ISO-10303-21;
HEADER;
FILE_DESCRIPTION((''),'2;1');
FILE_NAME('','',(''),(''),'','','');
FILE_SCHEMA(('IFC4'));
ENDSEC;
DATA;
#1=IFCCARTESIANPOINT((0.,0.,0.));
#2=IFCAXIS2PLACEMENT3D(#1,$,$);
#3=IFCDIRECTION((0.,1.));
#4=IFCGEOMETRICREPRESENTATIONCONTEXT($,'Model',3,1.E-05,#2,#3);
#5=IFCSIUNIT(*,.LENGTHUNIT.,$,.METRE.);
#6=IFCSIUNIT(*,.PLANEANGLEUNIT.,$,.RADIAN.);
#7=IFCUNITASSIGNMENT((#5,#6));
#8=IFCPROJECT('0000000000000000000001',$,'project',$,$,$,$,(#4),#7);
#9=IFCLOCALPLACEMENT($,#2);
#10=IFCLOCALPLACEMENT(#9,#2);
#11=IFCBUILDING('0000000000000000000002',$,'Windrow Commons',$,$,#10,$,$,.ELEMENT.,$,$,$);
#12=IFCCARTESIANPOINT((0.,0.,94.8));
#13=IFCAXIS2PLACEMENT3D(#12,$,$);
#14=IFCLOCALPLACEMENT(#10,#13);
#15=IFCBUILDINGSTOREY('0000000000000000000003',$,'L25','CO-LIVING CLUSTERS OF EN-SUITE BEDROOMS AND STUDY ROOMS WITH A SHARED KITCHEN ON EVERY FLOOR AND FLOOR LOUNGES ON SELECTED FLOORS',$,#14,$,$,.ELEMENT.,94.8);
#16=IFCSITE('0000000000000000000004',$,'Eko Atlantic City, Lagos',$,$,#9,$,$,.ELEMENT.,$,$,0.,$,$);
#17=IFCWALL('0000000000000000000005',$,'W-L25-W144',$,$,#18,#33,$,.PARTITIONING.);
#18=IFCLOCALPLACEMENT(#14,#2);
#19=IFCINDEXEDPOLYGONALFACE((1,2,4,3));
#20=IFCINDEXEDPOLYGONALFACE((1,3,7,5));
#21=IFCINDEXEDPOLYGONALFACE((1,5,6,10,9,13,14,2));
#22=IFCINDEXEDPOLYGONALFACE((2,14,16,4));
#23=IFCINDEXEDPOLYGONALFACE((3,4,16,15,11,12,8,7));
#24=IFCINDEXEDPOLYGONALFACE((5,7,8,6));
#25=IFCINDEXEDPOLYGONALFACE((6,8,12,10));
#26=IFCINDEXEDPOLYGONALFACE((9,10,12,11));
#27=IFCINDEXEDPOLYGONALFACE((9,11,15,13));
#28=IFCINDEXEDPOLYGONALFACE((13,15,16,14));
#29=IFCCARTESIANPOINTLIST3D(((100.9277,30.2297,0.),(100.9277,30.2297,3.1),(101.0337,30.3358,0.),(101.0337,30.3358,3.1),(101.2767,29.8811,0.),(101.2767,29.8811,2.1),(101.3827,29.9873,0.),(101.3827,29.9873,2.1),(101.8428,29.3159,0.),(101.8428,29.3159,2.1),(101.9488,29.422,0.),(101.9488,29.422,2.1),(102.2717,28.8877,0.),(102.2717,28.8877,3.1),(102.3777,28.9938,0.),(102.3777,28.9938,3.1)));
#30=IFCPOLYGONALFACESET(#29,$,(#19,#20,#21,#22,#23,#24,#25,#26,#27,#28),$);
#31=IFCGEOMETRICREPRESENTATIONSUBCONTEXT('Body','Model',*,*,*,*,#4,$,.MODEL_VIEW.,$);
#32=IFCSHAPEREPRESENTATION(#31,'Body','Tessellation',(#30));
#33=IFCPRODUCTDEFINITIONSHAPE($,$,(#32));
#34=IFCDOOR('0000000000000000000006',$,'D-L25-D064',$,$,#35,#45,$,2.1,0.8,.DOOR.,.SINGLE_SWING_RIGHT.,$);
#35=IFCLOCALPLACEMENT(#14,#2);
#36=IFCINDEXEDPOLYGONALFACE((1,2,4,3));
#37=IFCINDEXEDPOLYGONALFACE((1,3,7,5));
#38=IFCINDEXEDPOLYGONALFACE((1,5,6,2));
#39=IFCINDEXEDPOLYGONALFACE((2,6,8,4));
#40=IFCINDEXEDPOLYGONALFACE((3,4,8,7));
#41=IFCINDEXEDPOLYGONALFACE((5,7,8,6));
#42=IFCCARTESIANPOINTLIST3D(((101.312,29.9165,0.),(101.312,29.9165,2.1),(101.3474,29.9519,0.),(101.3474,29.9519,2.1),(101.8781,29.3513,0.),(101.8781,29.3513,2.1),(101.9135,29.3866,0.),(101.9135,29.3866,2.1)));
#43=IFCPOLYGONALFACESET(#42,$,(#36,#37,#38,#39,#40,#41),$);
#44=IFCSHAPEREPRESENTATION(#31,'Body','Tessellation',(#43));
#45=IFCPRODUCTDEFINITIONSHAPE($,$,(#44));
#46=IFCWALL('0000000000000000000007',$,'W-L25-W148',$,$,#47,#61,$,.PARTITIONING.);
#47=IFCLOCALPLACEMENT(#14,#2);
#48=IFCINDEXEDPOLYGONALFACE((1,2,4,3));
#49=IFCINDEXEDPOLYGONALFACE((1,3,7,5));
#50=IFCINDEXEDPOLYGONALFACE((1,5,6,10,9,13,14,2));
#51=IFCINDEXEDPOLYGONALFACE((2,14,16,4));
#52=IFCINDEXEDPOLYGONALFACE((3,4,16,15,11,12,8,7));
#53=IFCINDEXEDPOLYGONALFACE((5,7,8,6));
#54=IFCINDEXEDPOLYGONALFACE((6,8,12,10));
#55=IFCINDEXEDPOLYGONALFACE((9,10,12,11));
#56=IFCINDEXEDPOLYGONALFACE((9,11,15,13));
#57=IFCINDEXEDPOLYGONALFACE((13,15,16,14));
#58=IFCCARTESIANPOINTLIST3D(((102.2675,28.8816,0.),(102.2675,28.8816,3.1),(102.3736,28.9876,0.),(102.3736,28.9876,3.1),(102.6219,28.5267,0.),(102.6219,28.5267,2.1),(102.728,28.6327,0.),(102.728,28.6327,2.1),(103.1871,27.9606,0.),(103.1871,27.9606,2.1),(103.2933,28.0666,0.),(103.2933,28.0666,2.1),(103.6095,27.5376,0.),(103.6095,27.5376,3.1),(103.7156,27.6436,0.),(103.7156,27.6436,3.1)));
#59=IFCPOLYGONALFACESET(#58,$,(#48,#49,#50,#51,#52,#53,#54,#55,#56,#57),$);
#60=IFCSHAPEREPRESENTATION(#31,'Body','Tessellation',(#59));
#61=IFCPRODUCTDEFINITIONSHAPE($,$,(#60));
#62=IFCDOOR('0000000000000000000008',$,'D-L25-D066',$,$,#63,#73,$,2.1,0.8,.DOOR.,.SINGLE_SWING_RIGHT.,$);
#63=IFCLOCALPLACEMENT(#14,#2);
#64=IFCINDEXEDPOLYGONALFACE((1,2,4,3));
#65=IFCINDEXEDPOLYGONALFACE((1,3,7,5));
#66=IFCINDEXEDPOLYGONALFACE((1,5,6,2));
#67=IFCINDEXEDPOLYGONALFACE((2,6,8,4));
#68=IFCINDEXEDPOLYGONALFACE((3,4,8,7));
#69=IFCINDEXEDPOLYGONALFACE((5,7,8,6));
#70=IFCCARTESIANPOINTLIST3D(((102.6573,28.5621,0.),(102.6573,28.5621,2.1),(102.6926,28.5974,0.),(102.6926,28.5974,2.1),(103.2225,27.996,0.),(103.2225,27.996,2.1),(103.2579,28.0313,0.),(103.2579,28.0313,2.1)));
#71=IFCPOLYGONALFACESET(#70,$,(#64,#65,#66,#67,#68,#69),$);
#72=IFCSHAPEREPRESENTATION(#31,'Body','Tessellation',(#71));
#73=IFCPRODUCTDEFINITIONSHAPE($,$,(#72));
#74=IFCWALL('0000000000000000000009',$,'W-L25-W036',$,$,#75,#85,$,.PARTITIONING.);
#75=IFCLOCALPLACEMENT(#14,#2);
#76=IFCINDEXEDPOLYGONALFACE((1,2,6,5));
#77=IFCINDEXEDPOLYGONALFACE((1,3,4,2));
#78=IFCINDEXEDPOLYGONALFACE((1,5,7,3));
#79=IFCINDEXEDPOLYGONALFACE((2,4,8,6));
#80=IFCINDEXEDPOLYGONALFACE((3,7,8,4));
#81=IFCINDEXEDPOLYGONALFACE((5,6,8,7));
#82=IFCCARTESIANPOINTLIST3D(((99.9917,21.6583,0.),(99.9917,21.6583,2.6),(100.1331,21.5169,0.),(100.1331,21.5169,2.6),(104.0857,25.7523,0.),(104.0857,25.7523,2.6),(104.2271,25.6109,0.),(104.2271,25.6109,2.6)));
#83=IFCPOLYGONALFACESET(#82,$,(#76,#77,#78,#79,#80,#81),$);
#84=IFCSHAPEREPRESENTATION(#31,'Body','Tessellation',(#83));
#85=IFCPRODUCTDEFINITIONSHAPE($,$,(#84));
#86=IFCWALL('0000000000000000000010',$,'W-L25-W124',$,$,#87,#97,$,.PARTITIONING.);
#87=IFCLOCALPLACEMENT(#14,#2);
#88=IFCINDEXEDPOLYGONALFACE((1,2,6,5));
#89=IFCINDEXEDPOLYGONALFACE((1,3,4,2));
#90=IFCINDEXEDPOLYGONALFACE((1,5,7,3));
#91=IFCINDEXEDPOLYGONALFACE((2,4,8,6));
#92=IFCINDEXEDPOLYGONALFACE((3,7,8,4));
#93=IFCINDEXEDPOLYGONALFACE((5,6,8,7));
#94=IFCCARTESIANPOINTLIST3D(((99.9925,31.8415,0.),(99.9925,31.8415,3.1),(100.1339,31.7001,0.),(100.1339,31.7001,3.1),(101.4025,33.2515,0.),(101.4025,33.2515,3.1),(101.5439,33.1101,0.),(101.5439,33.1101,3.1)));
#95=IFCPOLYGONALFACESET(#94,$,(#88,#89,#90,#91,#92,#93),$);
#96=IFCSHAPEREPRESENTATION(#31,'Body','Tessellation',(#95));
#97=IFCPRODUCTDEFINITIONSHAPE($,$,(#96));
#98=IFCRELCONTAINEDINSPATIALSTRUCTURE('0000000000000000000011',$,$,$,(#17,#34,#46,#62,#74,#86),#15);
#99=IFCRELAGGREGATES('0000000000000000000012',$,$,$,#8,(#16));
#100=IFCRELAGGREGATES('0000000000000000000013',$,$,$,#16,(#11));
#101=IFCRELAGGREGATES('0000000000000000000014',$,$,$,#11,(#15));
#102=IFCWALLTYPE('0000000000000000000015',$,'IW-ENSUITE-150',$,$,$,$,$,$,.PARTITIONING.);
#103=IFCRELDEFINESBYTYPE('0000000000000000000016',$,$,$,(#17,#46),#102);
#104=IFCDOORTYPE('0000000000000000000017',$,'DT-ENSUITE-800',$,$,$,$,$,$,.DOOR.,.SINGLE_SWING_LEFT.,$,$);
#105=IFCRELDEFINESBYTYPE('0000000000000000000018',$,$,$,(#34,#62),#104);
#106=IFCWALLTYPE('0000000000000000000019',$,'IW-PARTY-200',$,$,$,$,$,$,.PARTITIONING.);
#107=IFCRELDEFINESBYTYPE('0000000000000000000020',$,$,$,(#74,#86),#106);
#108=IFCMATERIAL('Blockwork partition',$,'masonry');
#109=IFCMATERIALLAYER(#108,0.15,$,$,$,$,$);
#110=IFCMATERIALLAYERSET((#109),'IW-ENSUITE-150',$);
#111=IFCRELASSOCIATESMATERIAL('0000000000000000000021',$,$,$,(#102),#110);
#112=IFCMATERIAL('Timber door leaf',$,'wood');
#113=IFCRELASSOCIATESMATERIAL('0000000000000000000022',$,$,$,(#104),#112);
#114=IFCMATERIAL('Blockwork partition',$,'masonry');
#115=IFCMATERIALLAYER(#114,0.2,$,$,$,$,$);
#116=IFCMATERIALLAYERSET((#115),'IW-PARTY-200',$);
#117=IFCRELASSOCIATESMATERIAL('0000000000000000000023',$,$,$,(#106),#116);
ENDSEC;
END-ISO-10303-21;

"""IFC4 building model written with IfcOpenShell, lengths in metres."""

from ifc_helpers import new_model, si_unit, direction, frame, frame_2d, origin, place, context, subcontext, project, spatial, rectangle, extrude, material, layer, layer_set, type_object, element, fill, save


model = new_model("IFC4")

# Units and contexts
model_context = context("Model", 3, precision=1e-05, world=origin(), true_north=direction((0.0, 1.0)))
body_context = subcontext(model_context, "Body", "Model", "MODEL_VIEW")
ifc_project = project(units=[si_unit("LENGTHUNIT", "METRE"), si_unit("PLANEANGLEUNIT", "RADIAN")], contexts=[model_context])

# Site, building, storey
site_placement = place(None, origin())
site = spatial("IfcSite", under=ifc_project, at=site_placement, Name="Eko Atlantic City, Lagos", CompositionType="ELEMENT", RefElevation=0.0)
building_placement = place(site_placement, origin())
building = spatial("IfcBuilding", under=site, at=building_placement, Name="Windrow Commons", CompositionType="ELEMENT")
storey_placement = place(building_placement, frame((0.0, 0.0, 94.8)))
storey = spatial("IfcBuildingStorey", under=building, at=storey_placement, Name="L25", Description="CO-LIVING CLUSTERS OF EN-SUITE BEDROOMS AND STUDY ROOMS WITH A SHARED KITCHEN ON EVERY FLOOR AND FLOOR LOUNGES ON SELECTED FLOORS", CompositionType="ELEMENT", Elevation=94.8)

# Shared definitions
ifc_material_1 = material(Name="Blockwork partition", Category="masonry")
ifc_layer_1 = layer(ifc_material_1, 0.15)
ifc_layer_set_1 = layer_set([ifc_layer_1], Name="IW-ENSUITE-150")
wall_type_1 = type_object("IfcWallType", Name="IW-ENSUITE-150", PredefinedType="PARTITIONING", material=ifc_layer_set_1)

# Walls, openings, doors
wall_1_placement = place(storey_placement, frame((100.9807, 30.2827, 0.0), z_axis=(0.0, 0.0, 1.0), x_axis=(0.707633, -0.70658, 0.0)))
wall_1 = element("IfcWall", 1, at=wall_1_placement, inside=storey, type_object=wall_type_1, Name="W-L25-W144", PredefinedType="PARTITIONING", context=body_context, shape_type="SweptSolid", body=[
    extrude(rectangle(XDim=1.8993, YDim=0.15, at=frame_2d((0.9496, 0.0))), origin(), (0.0, 0.0, 1.0), 3.1),
])
opening_1_placement = place(wall_1_placement, frame((0.4932, 0.0, 0.0)))
opening_1 = element("IfcOpeningElement", 2, at=opening_1_placement, cuts=wall_1, PredefinedType="OPENING", context=body_context, shape_type="SweptSolid", body=[
    extrude(rectangle(XDim=0.8, YDim=2.1, at=frame_2d((0.4, 1.05))), frame((0.0, 0.085, 0.0), z_axis=(0.0, -1.0, 0.0), x_axis=(1.0, 0.0, 0.0)), (0.0, 0.0, 1.0), 0.17),
])
ifc_material_2 = material(Name="Timber door leaf", Category="wood")
door_type = type_object("IfcDoorType", Name="DT-ENSUITE-800", OperationType="SINGLE_SWING_LEFT", PredefinedType="DOOR", material=ifc_material_2)
door_1_placement = place(opening_1_placement, origin())
door_1 = element("IfcDoor", 3, at=door_1_placement, inside=storey, type_object=door_type, Name="D-L25-D064", OperationType="SINGLE_SWING_RIGHT", OverallHeight=2.1, OverallWidth=0.8, PredefinedType="DOOR", context=body_context, shape_type="SweptSolid", body=[
    extrude(rectangle(XDim=0.8, YDim=2.1, at=frame_2d((0.4, 1.05))), frame((0.0, 0.025, 0.0), z_axis=(0.0, -1.0, 0.0), x_axis=(1.0, 0.0, 0.0)), (0.0, 0.0, 1.0), 0.05),
])
fill(opening_1, door_1)
wall_2_placement = place(storey_placement, frame((102.3206, 28.9346, 0.0), z_axis=(0.0, 0.0, 1.0), x_axis=(0.70658, -0.707633, 0.0)))
wall_2 = element("IfcWall", 4, at=wall_2_placement, inside=storey, type_object=wall_type_1, Name="W-L25-W148", PredefinedType="PARTITIONING", context=body_context, shape_type="SweptSolid", body=[
    extrude(rectangle(XDim=1.8993, YDim=0.15, at=frame_2d((0.9496, 0.0))), origin(), (0.0, 0.0, 1.0), 3.1),
])
opening_2_placement = place(wall_2_placement, frame((0.5015, 0.0, 0.0)))
opening_2 = element("IfcOpeningElement", 5, at=opening_2_placement, cuts=wall_2, PredefinedType="OPENING", context=body_context, shape_type="SweptSolid", body=[
    extrude(rectangle(XDim=0.8, YDim=2.1, at=frame_2d((0.4, 1.05))), frame((0.0, 0.085, 0.0), z_axis=(0.0, -1.0, 0.0), x_axis=(1.0, 0.0, 0.0)), (0.0, 0.0, 1.0), 0.17),
])
door_2_placement = place(opening_2_placement, origin())
door_2 = element("IfcDoor", 6, at=door_2_placement, inside=storey, type_object=door_type, Name="D-L25-D066", OperationType="SINGLE_SWING_RIGHT", OverallHeight=2.1, OverallWidth=0.8, PredefinedType="DOOR", context=body_context, shape_type="SweptSolid", body=[
    extrude(rectangle(XDim=0.8, YDim=2.1, at=frame_2d((0.4, 1.05))), frame((0.0, 0.025, 0.0), z_axis=(0.0, -1.0, 0.0), x_axis=(1.0, 0.0, 0.0)), (0.0, 0.0, 1.0), 0.05),
])
fill(opening_2, door_2)

# Walls
ifc_material_3 = material(Name="Blockwork partition", Category="masonry")
ifc_layer_2 = layer(ifc_material_3, 0.2)
ifc_layer_set_2 = layer_set([ifc_layer_2], Name="IW-PARTY-200")
wall_type_2 = type_object("IfcWallType", Name="IW-PARTY-200", PredefinedType="PARTITIONING", material=ifc_layer_set_2)
wall_3_placement = place(storey_placement, frame((100.0624, 21.5876, 0.0), z_axis=(0.0, 0.0, 1.0), x_axis=(0.707107, 0.707107, 0.0)))
element("IfcWall", 7, at=wall_3_placement, inside=storey, type_object=wall_type_2, Name="W-L25-W036", PredefinedType="PARTITIONING", context=body_context, shape_type="SweptSolid", body=[
    extrude(rectangle(XDim=5.7898, YDim=0.2, at=frame_2d((2.8949, 0.0))), origin(), (0.0, 0.0, 1.0), 2.6),
])
wall_4_placement = place(storey_placement, frame((100.0632, 31.7708, 0.0), z_axis=(0.0, 0.0, 1.0), x_axis=(0.707107, 0.707107, 0.0)))
element("IfcWall", 8, at=wall_4_placement, inside=storey, type_object=wall_type_2, Name="W-L25-W124", PredefinedType="PARTITIONING", context=body_context, shape_type="SweptSolid", body=[
    extrude(rectangle(XDim=1.994, YDim=0.2, at=frame_2d((0.997, 0.0))), origin(), (0.0, 0.0, 1.0), 3.1),
])

save(model, "model.ifc")
